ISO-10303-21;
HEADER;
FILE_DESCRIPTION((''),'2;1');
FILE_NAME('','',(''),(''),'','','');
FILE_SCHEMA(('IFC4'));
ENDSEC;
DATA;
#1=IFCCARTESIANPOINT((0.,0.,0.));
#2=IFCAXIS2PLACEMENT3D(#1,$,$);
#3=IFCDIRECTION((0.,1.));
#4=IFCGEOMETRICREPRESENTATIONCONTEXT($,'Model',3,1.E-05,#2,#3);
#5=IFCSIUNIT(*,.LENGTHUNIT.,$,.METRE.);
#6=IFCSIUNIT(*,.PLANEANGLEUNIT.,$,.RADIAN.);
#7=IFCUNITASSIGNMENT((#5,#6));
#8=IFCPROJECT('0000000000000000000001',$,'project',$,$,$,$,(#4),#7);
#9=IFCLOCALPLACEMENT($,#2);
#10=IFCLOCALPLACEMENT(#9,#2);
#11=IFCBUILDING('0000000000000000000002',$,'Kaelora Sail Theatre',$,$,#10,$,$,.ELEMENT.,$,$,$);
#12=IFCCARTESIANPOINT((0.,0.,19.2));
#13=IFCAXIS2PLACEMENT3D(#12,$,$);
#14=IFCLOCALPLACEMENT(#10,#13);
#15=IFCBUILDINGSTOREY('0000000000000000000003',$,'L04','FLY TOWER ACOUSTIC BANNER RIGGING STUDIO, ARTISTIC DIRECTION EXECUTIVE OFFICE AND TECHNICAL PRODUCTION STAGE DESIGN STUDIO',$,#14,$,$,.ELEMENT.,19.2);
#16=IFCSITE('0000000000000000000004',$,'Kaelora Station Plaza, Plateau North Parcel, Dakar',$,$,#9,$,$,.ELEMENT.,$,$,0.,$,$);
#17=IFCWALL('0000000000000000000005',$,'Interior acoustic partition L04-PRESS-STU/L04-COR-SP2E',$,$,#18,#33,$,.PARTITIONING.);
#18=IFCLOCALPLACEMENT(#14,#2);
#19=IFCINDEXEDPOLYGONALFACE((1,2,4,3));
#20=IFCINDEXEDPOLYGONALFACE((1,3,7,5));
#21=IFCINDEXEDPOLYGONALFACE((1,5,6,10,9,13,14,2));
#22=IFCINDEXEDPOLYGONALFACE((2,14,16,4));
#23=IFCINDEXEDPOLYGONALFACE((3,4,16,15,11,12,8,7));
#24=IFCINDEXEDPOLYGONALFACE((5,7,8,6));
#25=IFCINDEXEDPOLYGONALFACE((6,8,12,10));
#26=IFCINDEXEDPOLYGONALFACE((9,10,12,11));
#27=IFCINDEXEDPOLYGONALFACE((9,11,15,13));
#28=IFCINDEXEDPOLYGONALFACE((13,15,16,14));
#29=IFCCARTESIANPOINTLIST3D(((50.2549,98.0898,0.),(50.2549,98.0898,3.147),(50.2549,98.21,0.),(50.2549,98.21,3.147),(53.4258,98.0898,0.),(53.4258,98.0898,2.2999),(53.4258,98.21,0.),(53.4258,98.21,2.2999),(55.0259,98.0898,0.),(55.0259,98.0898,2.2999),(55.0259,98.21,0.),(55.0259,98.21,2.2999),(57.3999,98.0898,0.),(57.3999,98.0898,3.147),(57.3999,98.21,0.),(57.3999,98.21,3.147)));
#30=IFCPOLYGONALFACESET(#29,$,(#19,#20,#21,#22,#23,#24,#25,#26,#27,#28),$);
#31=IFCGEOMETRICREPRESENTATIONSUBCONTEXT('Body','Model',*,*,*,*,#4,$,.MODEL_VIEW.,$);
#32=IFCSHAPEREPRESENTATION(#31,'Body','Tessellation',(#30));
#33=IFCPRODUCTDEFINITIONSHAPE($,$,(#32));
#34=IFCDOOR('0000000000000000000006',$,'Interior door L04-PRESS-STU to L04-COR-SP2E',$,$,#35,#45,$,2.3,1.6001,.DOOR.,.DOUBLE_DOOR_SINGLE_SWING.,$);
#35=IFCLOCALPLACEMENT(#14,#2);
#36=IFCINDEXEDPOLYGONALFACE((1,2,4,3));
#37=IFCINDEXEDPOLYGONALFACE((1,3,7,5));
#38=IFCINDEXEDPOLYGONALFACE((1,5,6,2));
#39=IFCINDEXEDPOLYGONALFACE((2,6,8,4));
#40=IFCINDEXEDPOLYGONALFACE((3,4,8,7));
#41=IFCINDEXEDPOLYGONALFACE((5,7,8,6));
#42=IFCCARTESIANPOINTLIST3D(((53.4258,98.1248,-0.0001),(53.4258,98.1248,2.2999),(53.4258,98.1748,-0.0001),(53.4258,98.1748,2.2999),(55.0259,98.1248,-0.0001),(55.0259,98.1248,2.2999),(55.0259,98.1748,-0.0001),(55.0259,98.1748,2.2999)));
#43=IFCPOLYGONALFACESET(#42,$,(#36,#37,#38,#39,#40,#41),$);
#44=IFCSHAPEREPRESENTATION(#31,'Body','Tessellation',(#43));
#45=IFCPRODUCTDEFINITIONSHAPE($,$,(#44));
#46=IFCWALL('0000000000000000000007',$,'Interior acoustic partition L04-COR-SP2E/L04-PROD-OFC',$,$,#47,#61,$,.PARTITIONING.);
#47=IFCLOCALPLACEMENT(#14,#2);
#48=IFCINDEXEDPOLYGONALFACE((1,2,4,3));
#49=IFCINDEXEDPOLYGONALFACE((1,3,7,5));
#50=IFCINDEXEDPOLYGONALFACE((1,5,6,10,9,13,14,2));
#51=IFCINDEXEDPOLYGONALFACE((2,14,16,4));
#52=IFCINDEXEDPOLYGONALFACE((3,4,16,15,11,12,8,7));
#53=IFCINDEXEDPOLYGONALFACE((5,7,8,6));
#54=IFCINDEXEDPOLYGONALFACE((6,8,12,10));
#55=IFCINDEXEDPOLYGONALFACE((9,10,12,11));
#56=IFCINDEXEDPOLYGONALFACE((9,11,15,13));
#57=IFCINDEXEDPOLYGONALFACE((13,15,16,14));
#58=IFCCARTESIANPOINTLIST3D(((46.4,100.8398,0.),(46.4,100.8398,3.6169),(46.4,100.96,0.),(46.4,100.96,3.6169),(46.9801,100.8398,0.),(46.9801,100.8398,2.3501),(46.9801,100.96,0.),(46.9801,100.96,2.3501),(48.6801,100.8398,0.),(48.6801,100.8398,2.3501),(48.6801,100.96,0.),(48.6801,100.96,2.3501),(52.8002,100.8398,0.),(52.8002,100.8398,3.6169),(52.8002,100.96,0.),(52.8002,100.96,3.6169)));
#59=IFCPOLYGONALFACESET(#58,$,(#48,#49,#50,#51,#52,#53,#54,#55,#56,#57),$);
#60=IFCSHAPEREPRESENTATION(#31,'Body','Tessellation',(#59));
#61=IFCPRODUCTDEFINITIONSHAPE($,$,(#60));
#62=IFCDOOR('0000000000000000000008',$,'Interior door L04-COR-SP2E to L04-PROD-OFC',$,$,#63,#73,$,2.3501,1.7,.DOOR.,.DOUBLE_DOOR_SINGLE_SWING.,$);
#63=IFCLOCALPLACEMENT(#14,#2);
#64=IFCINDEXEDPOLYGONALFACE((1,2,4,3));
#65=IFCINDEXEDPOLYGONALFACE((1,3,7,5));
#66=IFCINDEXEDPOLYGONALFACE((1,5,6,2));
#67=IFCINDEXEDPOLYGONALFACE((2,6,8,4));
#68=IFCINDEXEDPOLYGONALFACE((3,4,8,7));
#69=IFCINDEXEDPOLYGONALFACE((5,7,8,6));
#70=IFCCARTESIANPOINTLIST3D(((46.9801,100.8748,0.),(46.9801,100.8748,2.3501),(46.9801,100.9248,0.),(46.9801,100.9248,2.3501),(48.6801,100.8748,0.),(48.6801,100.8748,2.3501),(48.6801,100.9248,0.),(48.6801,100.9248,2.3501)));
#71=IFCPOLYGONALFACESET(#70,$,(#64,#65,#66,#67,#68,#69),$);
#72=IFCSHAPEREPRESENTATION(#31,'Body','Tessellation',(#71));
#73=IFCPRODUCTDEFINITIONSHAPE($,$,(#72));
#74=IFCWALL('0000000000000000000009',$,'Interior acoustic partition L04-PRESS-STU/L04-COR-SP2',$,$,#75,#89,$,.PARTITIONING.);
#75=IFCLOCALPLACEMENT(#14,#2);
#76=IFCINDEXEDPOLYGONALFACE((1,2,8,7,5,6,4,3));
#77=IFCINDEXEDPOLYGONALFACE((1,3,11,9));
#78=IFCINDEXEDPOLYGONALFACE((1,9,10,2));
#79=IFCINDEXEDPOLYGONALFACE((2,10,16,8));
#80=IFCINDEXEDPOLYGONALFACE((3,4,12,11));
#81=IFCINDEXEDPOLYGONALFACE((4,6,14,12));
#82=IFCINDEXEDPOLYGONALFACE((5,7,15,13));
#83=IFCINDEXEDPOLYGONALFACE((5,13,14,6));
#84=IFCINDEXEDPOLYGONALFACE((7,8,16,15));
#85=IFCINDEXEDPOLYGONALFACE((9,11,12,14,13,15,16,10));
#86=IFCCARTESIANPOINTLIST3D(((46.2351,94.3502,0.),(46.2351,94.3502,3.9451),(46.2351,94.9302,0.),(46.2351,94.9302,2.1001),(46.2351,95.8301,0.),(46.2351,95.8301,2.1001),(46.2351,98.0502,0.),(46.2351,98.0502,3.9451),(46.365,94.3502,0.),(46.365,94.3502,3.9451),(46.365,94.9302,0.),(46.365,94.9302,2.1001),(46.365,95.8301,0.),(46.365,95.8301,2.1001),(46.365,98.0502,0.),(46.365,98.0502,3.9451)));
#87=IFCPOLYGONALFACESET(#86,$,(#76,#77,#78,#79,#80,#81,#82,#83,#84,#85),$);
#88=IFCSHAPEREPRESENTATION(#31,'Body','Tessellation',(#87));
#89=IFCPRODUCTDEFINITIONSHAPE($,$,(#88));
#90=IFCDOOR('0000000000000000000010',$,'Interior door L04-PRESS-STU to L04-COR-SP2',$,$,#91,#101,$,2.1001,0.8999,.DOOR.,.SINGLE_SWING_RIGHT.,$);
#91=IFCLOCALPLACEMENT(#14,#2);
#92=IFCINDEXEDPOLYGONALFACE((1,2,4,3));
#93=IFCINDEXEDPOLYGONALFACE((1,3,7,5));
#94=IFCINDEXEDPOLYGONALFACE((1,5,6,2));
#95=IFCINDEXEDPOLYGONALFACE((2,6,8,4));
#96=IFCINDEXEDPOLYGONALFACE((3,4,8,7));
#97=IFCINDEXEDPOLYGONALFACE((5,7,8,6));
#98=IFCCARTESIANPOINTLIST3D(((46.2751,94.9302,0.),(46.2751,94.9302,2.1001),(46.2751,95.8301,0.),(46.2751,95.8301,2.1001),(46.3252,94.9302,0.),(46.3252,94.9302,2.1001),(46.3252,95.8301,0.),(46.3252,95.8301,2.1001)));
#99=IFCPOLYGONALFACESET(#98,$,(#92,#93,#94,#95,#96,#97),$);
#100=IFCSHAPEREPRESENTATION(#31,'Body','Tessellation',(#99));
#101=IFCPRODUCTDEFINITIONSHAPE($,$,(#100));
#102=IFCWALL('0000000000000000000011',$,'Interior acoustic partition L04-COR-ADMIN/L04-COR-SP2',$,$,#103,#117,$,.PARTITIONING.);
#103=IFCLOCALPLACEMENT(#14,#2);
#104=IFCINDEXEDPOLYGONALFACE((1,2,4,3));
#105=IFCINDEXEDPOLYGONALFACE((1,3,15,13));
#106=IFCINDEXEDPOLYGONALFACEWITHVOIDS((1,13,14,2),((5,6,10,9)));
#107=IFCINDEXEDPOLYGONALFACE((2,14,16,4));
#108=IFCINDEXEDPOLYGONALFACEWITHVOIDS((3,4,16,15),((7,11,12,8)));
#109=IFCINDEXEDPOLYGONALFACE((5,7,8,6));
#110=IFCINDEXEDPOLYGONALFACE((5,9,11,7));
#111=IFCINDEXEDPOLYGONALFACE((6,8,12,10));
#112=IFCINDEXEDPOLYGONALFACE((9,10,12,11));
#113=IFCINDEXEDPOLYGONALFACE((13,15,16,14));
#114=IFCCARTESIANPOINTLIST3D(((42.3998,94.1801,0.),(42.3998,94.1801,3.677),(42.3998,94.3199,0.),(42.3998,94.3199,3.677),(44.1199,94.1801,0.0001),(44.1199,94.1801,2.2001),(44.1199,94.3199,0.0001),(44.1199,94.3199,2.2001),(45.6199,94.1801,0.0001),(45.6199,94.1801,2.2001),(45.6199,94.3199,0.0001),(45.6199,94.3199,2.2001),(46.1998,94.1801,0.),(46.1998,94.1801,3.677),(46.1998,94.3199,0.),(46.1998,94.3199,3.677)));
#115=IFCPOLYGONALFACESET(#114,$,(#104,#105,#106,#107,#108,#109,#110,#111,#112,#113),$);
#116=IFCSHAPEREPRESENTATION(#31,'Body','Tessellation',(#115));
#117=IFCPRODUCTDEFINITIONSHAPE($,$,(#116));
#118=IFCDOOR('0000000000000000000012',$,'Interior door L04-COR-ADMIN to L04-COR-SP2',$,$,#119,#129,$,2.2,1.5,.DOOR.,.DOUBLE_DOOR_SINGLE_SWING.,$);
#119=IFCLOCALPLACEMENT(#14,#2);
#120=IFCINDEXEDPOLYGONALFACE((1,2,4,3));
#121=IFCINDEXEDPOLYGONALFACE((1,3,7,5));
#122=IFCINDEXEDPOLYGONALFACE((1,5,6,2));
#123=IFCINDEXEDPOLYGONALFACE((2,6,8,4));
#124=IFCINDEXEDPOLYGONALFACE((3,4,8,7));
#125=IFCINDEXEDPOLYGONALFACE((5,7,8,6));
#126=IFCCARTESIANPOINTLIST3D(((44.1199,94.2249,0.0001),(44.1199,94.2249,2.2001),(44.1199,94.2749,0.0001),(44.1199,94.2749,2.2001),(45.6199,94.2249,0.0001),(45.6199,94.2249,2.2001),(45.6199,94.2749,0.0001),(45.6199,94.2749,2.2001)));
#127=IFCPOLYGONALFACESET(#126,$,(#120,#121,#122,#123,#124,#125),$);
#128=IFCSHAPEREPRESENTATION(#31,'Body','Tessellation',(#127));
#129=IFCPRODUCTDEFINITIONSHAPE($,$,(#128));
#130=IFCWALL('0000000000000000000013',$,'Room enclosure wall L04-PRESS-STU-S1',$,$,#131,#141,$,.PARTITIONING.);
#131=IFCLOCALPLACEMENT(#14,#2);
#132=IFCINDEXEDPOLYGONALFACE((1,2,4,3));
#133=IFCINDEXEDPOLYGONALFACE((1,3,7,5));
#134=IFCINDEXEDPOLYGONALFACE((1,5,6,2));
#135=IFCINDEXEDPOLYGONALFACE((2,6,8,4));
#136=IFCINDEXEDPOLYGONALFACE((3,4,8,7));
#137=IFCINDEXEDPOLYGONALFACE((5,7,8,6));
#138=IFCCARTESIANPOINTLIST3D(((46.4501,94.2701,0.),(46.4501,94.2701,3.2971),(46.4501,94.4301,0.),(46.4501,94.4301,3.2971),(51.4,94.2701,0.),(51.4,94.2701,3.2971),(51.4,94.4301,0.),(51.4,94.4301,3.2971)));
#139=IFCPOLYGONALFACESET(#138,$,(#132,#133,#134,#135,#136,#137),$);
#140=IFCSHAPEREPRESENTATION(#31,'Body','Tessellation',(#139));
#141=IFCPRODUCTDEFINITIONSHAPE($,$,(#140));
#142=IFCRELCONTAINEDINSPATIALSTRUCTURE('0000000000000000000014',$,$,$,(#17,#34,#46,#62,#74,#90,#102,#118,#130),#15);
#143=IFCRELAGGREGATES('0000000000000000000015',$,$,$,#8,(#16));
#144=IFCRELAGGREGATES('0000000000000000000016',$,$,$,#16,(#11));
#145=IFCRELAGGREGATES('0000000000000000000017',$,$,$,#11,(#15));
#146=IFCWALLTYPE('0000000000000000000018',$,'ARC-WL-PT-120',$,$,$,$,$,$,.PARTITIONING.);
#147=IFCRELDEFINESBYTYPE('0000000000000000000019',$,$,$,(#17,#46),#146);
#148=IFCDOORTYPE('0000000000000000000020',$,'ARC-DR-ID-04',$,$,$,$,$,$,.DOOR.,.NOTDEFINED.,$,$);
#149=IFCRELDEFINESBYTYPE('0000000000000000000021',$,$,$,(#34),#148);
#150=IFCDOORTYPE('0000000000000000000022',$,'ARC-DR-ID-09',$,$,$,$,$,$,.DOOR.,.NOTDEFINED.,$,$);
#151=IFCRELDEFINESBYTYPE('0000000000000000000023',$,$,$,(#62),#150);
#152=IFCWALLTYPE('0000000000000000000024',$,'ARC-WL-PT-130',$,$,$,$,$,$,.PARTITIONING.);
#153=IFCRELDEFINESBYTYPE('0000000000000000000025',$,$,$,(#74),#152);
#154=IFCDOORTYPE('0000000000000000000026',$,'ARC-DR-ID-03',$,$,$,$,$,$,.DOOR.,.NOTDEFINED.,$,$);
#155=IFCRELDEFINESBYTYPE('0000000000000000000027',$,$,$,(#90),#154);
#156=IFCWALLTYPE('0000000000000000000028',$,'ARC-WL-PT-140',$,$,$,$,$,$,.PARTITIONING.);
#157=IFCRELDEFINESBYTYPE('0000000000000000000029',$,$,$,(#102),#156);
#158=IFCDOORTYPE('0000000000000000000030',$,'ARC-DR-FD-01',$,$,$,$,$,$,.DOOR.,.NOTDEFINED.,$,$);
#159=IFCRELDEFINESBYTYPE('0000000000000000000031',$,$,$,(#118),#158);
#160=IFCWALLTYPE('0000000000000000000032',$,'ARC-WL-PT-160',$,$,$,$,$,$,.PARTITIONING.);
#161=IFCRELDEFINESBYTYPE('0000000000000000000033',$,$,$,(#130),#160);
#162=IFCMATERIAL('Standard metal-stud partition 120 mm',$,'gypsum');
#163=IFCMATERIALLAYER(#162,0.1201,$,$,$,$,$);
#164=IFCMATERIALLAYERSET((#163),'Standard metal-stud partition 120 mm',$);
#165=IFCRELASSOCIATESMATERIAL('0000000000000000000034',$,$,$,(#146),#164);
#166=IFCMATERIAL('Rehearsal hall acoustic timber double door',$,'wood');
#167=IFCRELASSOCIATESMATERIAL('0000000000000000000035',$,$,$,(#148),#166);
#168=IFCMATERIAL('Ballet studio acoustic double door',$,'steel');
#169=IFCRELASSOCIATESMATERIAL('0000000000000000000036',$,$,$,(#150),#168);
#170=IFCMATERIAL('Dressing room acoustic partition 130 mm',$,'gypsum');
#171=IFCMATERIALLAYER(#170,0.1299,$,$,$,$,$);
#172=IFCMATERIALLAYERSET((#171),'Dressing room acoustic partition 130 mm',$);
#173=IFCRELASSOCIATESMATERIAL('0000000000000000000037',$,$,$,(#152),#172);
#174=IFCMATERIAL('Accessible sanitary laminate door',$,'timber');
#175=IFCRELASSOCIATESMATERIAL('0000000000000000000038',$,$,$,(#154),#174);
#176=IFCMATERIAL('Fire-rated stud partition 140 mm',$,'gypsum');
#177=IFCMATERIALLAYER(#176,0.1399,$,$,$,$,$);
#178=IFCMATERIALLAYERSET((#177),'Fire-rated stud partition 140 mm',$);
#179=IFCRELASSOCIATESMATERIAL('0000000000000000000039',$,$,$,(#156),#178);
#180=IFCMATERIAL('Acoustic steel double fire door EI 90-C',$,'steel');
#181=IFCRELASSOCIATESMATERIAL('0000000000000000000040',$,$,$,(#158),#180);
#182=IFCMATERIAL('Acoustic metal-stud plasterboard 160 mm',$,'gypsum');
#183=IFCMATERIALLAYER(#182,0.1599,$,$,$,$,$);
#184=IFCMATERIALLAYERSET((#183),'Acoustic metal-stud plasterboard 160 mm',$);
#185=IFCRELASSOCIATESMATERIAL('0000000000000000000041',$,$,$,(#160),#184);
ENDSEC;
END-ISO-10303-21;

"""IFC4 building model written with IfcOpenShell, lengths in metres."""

from ifc_helpers import new_model, si_unit, direction, frame, frame_2d, origin, place, context, subcontext, project, spatial, rectangle, extrude, material, layer, layer_set, type_object, element, fill, save


model = new_model("IFC4")

# Units and contexts
model_context = context("Model", 3, precision=1e-05, world=origin(), true_north=direction((0.0, 1.0)))
body_context = subcontext(model_context, "Body", "Model", "MODEL_VIEW")
ifc_project = project(units=[si_unit("LENGTHUNIT", "METRE"), si_unit("PLANEANGLEUNIT", "RADIAN")], contexts=[model_context])

# Site, building, storey
site_placement = place(None, origin())
site = spatial("IfcSite", under=ifc_project, at=site_placement, Name="Kaelora Station Plaza, Plateau North Parcel, Dakar", CompositionType="ELEMENT", RefElevation=0.0)
building_placement = place(site_placement, origin())
building = spatial("IfcBuilding", under=site, at=building_placement, Name="Kaelora Sail Theatre", CompositionType="ELEMENT")
storey_placement = place(building_placement, frame((0.0, 0.0, 19.2)))
storey = spatial("IfcBuildingStorey", under=building, at=storey_placement, Name="L04", Description="FLY TOWER ACOUSTIC BANNER RIGGING STUDIO, ARTISTIC DIRECTION EXECUTIVE OFFICE AND TECHNICAL PRODUCTION STAGE DESIGN STUDIO", CompositionType="ELEMENT", Elevation=19.2)

# Walls, openings, doors
ifc_material_1 = material(Name="Standard metal-stud partition 120 mm", Category="gypsum")
ifc_layer_1 = layer(ifc_material_1, 0.1201)
ifc_layer_set_1 = layer_set([ifc_layer_1], Name="Standard metal-stud partition 120 mm")
wall_type_1 = type_object("IfcWallType", Name="ARC-WL-PT-120", PredefinedType="PARTITIONING", material=ifc_layer_set_1)
wall_1_placement = place(storey_placement, frame((50.2549, 98.1499, 0.0), z_axis=(0.0, 0.0, 1.0), x_axis=(1.0, 0.0, 0.0)))
wall_1 = element("IfcWall", 1, at=wall_1_placement, inside=storey, type_object=wall_type_1, Name="Interior acoustic partition L04-PRESS-STU/L04-COR-SP2E", PredefinedType="PARTITIONING", context=body_context, shape_type="SweptSolid", body=[
    extrude(rectangle(XDim=7.145, YDim=0.1201, at=frame_2d((3.5725, 0.0))), origin(), (0.0, 0.0, 1.0), 3.147),
])
opening_1_placement = place(wall_1_placement, frame((3.1709, 0.0, 0.0)))
opening_1 = element("IfcOpeningElement", 2, at=opening_1_placement, cuts=wall_1, PredefinedType="OPENING", context=body_context, shape_type="SweptSolid", body=[
    extrude(rectangle(XDim=1.6001, YDim=2.3, at=frame_2d((0.8, 1.1499))), frame((0.0, 0.0701, 0.0), z_axis=(0.0, -1.0, 0.0), x_axis=(1.0, 0.0, 0.0)), (0.0, 0.0, 1.0), 0.1401),
])
ifc_material_2 = material(Name="Rehearsal hall acoustic timber double door", Category="wood")
door_type_1 = type_object("IfcDoorType", Name="ARC-DR-ID-04", OperationType="NOTDEFINED", PredefinedType="DOOR", material=ifc_material_2)
door_1_placement = place(opening_1_placement, origin())
door_1 = element("IfcDoor", 3, at=door_1_placement, inside=storey, type_object=door_type_1, Name="Interior door L04-PRESS-STU to L04-COR-SP2E", OperationType="DOUBLE_DOOR_SINGLE_SWING", OverallHeight=2.3, OverallWidth=1.6001, PredefinedType="DOOR", context=body_context, shape_type="SweptSolid", body=[
    extrude(rectangle(XDim=1.6001, YDim=2.3, at=frame_2d((0.8, 1.1499))), frame((0.0, 0.0249, 0.0), z_axis=(0.0, -1.0, 0.0), x_axis=(1.0, 0.0, 0.0)), (0.0, 0.0, 1.0), 0.05),
])
fill(opening_1, door_1)
wall_2_placement = place(storey_placement, frame((46.3999, 100.8999, 0.0), z_axis=(0.0, 0.0, 1.0), x_axis=(1.0, 0.0, 0.0)))
wall_2 = element("IfcWall", 4, at=wall_2_placement, inside=storey, type_object=wall_type_1, Name="Interior acoustic partition L04-COR-SP2E/L04-PROD-OFC", PredefinedType="PARTITIONING", context=body_context, shape_type="SweptSolid", body=[
    extrude(rectangle(XDim=6.4001, YDim=0.1201, at=frame_2d((3.2002, 0.0))), origin(), (0.0, 0.0, 1.0), 3.6169),
])
opening_2_placement = place(wall_2_placement, frame((0.5801, 0.0, 0.0)))
opening_2 = element("IfcOpeningElement", 5, at=opening_2_placement, cuts=wall_2, PredefinedType="OPENING", context=body_context, shape_type="SweptSolid", body=[
    extrude(rectangle(XDim=1.7, YDim=2.3501, at=frame_2d((0.8501, 1.175))), frame((0.0, 0.0701, 0.0), z_axis=(0.0, -1.0, 0.0), x_axis=(1.0, 0.0, 0.0)), (0.0, 0.0, 1.0), 0.1401),
])
ifc_material_3 = material(Name="Ballet studio acoustic double door", Category="steel")
door_type_2 = type_object("IfcDoorType", Name="ARC-DR-ID-09", OperationType="NOTDEFINED", PredefinedType="DOOR", material=ifc_material_3)
door_2_placement = place(opening_2_placement, origin())
door_2 = element("IfcDoor", 6, at=door_2_placement, inside=storey, type_object=door_type_2, Name="Interior door L04-COR-SP2E to L04-PROD-OFC", OperationType="DOUBLE_DOOR_SINGLE_SWING", OverallHeight=2.3501, OverallWidth=1.7, PredefinedType="DOOR", context=body_context, shape_type="SweptSolid", body=[
    extrude(rectangle(XDim=1.7, YDim=2.3501, at=frame_2d((0.8501, 1.175))), frame((0.0, 0.0249, 0.0), z_axis=(0.0, -1.0, 0.0), x_axis=(1.0, 0.0, 0.0)), (0.0, 0.0, 1.0), 0.05),
])
fill(opening_2, door_2)
ifc_material_4 = material(Name="Dressing room acoustic partition 130 mm", Category="gypsum")
ifc_layer_2 = layer(ifc_material_4, 0.1299)
ifc_layer_set_2 = layer_set([ifc_layer_2], Name="Dressing room acoustic partition 130 mm")
wall_type_2 = type_object("IfcWallType", Name="ARC-WL-PT-130", PredefinedType="PARTITIONING", material=ifc_layer_set_2)
wall_3_placement = place(storey_placement, frame((46.3, 94.3501, 0.0), z_axis=(0.0, 0.0, 1.0), x_axis=(0.0, 1.0, 0.0)))
wall_3 = element("IfcWall", 7, at=wall_3_placement, inside=storey, type_object=wall_type_2, Name="Interior acoustic partition L04-PRESS-STU/L04-COR-SP2", PredefinedType="PARTITIONING", context=body_context, shape_type="SweptSolid", body=[
    extrude(rectangle(XDim=3.7, YDim=0.1299, at=frame_2d((1.8501, 0.0))), origin(), (0.0, 0.0, 1.0), 3.9451),
])
opening_3_placement = place(wall_3_placement, frame((0.5801, 0.0, 0.0)))
opening_3 = element("IfcOpeningElement", 8, at=opening_3_placement, cuts=wall_3, PredefinedType="OPENING", context=body_context, shape_type="SweptSolid", body=[
    extrude(rectangle(XDim=0.8999, YDim=2.1001, at=frame_2d((0.45, 1.05))), frame((0.0, 0.0749, 0.0), z_axis=(0.0, -1.0, 0.0), x_axis=(1.0, 0.0, 0.0)), (0.0, 0.0, 1.0), 0.1499),
])
ifc_material_5 = material(Name="Accessible sanitary laminate door", Category="timber")
door_type_3 = type_object("IfcDoorType", Name="ARC-DR-ID-03", OperationType="NOTDEFINED", PredefinedType="DOOR", material=ifc_material_5)
door_3_placement = place(opening_3_placement, origin())
door_3 = element("IfcDoor", 9, at=door_3_placement, inside=storey, type_object=door_type_3, Name="Interior door L04-PRESS-STU to L04-COR-SP2", OperationType="SINGLE_SWING_RIGHT", OverallHeight=2.1001, OverallWidth=0.8999, PredefinedType="DOOR", context=body_context, shape_type="SweptSolid", body=[
    extrude(rectangle(XDim=0.8999, YDim=2.1001, at=frame_2d((0.45, 1.05))), frame((0.0, 0.0249, 0.0), z_axis=(0.0, -1.0, 0.0), x_axis=(1.0, 0.0, 0.0)), (0.0, 0.0, 1.0), 0.05),
])
fill(opening_3, door_3)
ifc_material_6 = material(Name="Fire-rated stud partition 140 mm", Category="gypsum")
ifc_layer_3 = layer(ifc_material_6, 0.1399)
ifc_layer_set_3 = layer_set([ifc_layer_3], Name="Fire-rated stud partition 140 mm")
wall_type_3 = type_object("IfcWallType", Name="ARC-WL-PT-140", PredefinedType="PARTITIONING", material=ifc_layer_set_3)
wall_4_placement = place(storey_placement, frame((42.3999, 94.25, 0.0), z_axis=(0.0, 0.0, 1.0), x_axis=(1.0, 0.0, 0.0)))
wall_4 = element("IfcWall", 10, at=wall_4_placement, inside=storey, type_object=wall_type_3, Name="Interior acoustic partition L04-COR-ADMIN/L04-COR-SP2", PredefinedType="PARTITIONING", context=body_context, shape_type="SweptSolid", body=[
    extrude(rectangle(XDim=3.8, YDim=0.1399, at=frame_2d((1.8999, 0.0))), origin(), (0.0, 0.0, 1.0), 3.677),
])
opening_4_placement = place(wall_4_placement, frame((1.72, 0.0, 0.0)))
opening_4 = element("IfcOpeningElement", 11, at=opening_4_placement, cuts=wall_4, PredefinedType="OPENING", context=body_context, shape_type="SweptSolid", body=[
    extrude(rectangle(XDim=1.5, YDim=2.2, at=frame_2d((0.75, 1.1001))), frame((0.0, 0.0798, 0.0), z_axis=(0.0, -1.0, 0.0), x_axis=(1.0, 0.0, 0.0)), (0.0, 0.0, 1.0), 0.1599),
])
ifc_material_7 = material(Name="Acoustic steel double fire door EI 90-C", Category="steel")
door_type_4 = type_object("IfcDoorType", Name="ARC-DR-FD-01", OperationType="NOTDEFINED", PredefinedType="DOOR", material=ifc_material_7)
door_4_placement = place(opening_4_placement, origin())
door_4 = element("IfcDoor", 12, at=door_4_placement, inside=storey, type_object=door_type_4, Name="Interior door L04-COR-ADMIN to L04-COR-SP2", OperationType="DOUBLE_DOOR_SINGLE_SWING", OverallHeight=2.2, OverallWidth=1.5, PredefinedType="DOOR", context=body_context, shape_type="SweptSolid", body=[
    extrude(rectangle(XDim=1.5, YDim=2.2, at=frame_2d((0.75, 1.1001))), frame((0.0, 0.0249, 0.0), z_axis=(0.0, -1.0, 0.0), x_axis=(1.0, 0.0, 0.0)), (0.0, 0.0, 1.0), 0.05),
])
fill(opening_4, door_4)

# Wall
ifc_material_8 = material(Name="Acoustic metal-stud plasterboard 160 mm", Category="gypsum")
ifc_layer_4 = layer(ifc_material_8, 0.1599)
ifc_layer_set_4 = layer_set([ifc_layer_4], Name="Acoustic metal-stud plasterboard 160 mm")
wall_type_4 = type_object("IfcWallType", Name="ARC-WL-PT-160", PredefinedType="PARTITIONING", material=ifc_layer_set_4)
wall_5_placement = place(storey_placement, frame((46.45, 94.3501, 0.0), z_axis=(0.0, 0.0, 1.0), x_axis=(1.0, 0.0, 0.0)))
element("IfcWall", 13, at=wall_5_placement, inside=storey, type_object=wall_type_4, Name="Room enclosure wall L04-PRESS-STU-S1", PredefinedType="PARTITIONING", context=body_context, shape_type="SweptSolid", body=[
    extrude(rectangle(XDim=4.95, YDim=0.1599, at=frame_2d((2.4751, 0.0))), origin(), (0.0, 0.0, 1.0), 3.2971),
])

save(model, "model.ifc")
